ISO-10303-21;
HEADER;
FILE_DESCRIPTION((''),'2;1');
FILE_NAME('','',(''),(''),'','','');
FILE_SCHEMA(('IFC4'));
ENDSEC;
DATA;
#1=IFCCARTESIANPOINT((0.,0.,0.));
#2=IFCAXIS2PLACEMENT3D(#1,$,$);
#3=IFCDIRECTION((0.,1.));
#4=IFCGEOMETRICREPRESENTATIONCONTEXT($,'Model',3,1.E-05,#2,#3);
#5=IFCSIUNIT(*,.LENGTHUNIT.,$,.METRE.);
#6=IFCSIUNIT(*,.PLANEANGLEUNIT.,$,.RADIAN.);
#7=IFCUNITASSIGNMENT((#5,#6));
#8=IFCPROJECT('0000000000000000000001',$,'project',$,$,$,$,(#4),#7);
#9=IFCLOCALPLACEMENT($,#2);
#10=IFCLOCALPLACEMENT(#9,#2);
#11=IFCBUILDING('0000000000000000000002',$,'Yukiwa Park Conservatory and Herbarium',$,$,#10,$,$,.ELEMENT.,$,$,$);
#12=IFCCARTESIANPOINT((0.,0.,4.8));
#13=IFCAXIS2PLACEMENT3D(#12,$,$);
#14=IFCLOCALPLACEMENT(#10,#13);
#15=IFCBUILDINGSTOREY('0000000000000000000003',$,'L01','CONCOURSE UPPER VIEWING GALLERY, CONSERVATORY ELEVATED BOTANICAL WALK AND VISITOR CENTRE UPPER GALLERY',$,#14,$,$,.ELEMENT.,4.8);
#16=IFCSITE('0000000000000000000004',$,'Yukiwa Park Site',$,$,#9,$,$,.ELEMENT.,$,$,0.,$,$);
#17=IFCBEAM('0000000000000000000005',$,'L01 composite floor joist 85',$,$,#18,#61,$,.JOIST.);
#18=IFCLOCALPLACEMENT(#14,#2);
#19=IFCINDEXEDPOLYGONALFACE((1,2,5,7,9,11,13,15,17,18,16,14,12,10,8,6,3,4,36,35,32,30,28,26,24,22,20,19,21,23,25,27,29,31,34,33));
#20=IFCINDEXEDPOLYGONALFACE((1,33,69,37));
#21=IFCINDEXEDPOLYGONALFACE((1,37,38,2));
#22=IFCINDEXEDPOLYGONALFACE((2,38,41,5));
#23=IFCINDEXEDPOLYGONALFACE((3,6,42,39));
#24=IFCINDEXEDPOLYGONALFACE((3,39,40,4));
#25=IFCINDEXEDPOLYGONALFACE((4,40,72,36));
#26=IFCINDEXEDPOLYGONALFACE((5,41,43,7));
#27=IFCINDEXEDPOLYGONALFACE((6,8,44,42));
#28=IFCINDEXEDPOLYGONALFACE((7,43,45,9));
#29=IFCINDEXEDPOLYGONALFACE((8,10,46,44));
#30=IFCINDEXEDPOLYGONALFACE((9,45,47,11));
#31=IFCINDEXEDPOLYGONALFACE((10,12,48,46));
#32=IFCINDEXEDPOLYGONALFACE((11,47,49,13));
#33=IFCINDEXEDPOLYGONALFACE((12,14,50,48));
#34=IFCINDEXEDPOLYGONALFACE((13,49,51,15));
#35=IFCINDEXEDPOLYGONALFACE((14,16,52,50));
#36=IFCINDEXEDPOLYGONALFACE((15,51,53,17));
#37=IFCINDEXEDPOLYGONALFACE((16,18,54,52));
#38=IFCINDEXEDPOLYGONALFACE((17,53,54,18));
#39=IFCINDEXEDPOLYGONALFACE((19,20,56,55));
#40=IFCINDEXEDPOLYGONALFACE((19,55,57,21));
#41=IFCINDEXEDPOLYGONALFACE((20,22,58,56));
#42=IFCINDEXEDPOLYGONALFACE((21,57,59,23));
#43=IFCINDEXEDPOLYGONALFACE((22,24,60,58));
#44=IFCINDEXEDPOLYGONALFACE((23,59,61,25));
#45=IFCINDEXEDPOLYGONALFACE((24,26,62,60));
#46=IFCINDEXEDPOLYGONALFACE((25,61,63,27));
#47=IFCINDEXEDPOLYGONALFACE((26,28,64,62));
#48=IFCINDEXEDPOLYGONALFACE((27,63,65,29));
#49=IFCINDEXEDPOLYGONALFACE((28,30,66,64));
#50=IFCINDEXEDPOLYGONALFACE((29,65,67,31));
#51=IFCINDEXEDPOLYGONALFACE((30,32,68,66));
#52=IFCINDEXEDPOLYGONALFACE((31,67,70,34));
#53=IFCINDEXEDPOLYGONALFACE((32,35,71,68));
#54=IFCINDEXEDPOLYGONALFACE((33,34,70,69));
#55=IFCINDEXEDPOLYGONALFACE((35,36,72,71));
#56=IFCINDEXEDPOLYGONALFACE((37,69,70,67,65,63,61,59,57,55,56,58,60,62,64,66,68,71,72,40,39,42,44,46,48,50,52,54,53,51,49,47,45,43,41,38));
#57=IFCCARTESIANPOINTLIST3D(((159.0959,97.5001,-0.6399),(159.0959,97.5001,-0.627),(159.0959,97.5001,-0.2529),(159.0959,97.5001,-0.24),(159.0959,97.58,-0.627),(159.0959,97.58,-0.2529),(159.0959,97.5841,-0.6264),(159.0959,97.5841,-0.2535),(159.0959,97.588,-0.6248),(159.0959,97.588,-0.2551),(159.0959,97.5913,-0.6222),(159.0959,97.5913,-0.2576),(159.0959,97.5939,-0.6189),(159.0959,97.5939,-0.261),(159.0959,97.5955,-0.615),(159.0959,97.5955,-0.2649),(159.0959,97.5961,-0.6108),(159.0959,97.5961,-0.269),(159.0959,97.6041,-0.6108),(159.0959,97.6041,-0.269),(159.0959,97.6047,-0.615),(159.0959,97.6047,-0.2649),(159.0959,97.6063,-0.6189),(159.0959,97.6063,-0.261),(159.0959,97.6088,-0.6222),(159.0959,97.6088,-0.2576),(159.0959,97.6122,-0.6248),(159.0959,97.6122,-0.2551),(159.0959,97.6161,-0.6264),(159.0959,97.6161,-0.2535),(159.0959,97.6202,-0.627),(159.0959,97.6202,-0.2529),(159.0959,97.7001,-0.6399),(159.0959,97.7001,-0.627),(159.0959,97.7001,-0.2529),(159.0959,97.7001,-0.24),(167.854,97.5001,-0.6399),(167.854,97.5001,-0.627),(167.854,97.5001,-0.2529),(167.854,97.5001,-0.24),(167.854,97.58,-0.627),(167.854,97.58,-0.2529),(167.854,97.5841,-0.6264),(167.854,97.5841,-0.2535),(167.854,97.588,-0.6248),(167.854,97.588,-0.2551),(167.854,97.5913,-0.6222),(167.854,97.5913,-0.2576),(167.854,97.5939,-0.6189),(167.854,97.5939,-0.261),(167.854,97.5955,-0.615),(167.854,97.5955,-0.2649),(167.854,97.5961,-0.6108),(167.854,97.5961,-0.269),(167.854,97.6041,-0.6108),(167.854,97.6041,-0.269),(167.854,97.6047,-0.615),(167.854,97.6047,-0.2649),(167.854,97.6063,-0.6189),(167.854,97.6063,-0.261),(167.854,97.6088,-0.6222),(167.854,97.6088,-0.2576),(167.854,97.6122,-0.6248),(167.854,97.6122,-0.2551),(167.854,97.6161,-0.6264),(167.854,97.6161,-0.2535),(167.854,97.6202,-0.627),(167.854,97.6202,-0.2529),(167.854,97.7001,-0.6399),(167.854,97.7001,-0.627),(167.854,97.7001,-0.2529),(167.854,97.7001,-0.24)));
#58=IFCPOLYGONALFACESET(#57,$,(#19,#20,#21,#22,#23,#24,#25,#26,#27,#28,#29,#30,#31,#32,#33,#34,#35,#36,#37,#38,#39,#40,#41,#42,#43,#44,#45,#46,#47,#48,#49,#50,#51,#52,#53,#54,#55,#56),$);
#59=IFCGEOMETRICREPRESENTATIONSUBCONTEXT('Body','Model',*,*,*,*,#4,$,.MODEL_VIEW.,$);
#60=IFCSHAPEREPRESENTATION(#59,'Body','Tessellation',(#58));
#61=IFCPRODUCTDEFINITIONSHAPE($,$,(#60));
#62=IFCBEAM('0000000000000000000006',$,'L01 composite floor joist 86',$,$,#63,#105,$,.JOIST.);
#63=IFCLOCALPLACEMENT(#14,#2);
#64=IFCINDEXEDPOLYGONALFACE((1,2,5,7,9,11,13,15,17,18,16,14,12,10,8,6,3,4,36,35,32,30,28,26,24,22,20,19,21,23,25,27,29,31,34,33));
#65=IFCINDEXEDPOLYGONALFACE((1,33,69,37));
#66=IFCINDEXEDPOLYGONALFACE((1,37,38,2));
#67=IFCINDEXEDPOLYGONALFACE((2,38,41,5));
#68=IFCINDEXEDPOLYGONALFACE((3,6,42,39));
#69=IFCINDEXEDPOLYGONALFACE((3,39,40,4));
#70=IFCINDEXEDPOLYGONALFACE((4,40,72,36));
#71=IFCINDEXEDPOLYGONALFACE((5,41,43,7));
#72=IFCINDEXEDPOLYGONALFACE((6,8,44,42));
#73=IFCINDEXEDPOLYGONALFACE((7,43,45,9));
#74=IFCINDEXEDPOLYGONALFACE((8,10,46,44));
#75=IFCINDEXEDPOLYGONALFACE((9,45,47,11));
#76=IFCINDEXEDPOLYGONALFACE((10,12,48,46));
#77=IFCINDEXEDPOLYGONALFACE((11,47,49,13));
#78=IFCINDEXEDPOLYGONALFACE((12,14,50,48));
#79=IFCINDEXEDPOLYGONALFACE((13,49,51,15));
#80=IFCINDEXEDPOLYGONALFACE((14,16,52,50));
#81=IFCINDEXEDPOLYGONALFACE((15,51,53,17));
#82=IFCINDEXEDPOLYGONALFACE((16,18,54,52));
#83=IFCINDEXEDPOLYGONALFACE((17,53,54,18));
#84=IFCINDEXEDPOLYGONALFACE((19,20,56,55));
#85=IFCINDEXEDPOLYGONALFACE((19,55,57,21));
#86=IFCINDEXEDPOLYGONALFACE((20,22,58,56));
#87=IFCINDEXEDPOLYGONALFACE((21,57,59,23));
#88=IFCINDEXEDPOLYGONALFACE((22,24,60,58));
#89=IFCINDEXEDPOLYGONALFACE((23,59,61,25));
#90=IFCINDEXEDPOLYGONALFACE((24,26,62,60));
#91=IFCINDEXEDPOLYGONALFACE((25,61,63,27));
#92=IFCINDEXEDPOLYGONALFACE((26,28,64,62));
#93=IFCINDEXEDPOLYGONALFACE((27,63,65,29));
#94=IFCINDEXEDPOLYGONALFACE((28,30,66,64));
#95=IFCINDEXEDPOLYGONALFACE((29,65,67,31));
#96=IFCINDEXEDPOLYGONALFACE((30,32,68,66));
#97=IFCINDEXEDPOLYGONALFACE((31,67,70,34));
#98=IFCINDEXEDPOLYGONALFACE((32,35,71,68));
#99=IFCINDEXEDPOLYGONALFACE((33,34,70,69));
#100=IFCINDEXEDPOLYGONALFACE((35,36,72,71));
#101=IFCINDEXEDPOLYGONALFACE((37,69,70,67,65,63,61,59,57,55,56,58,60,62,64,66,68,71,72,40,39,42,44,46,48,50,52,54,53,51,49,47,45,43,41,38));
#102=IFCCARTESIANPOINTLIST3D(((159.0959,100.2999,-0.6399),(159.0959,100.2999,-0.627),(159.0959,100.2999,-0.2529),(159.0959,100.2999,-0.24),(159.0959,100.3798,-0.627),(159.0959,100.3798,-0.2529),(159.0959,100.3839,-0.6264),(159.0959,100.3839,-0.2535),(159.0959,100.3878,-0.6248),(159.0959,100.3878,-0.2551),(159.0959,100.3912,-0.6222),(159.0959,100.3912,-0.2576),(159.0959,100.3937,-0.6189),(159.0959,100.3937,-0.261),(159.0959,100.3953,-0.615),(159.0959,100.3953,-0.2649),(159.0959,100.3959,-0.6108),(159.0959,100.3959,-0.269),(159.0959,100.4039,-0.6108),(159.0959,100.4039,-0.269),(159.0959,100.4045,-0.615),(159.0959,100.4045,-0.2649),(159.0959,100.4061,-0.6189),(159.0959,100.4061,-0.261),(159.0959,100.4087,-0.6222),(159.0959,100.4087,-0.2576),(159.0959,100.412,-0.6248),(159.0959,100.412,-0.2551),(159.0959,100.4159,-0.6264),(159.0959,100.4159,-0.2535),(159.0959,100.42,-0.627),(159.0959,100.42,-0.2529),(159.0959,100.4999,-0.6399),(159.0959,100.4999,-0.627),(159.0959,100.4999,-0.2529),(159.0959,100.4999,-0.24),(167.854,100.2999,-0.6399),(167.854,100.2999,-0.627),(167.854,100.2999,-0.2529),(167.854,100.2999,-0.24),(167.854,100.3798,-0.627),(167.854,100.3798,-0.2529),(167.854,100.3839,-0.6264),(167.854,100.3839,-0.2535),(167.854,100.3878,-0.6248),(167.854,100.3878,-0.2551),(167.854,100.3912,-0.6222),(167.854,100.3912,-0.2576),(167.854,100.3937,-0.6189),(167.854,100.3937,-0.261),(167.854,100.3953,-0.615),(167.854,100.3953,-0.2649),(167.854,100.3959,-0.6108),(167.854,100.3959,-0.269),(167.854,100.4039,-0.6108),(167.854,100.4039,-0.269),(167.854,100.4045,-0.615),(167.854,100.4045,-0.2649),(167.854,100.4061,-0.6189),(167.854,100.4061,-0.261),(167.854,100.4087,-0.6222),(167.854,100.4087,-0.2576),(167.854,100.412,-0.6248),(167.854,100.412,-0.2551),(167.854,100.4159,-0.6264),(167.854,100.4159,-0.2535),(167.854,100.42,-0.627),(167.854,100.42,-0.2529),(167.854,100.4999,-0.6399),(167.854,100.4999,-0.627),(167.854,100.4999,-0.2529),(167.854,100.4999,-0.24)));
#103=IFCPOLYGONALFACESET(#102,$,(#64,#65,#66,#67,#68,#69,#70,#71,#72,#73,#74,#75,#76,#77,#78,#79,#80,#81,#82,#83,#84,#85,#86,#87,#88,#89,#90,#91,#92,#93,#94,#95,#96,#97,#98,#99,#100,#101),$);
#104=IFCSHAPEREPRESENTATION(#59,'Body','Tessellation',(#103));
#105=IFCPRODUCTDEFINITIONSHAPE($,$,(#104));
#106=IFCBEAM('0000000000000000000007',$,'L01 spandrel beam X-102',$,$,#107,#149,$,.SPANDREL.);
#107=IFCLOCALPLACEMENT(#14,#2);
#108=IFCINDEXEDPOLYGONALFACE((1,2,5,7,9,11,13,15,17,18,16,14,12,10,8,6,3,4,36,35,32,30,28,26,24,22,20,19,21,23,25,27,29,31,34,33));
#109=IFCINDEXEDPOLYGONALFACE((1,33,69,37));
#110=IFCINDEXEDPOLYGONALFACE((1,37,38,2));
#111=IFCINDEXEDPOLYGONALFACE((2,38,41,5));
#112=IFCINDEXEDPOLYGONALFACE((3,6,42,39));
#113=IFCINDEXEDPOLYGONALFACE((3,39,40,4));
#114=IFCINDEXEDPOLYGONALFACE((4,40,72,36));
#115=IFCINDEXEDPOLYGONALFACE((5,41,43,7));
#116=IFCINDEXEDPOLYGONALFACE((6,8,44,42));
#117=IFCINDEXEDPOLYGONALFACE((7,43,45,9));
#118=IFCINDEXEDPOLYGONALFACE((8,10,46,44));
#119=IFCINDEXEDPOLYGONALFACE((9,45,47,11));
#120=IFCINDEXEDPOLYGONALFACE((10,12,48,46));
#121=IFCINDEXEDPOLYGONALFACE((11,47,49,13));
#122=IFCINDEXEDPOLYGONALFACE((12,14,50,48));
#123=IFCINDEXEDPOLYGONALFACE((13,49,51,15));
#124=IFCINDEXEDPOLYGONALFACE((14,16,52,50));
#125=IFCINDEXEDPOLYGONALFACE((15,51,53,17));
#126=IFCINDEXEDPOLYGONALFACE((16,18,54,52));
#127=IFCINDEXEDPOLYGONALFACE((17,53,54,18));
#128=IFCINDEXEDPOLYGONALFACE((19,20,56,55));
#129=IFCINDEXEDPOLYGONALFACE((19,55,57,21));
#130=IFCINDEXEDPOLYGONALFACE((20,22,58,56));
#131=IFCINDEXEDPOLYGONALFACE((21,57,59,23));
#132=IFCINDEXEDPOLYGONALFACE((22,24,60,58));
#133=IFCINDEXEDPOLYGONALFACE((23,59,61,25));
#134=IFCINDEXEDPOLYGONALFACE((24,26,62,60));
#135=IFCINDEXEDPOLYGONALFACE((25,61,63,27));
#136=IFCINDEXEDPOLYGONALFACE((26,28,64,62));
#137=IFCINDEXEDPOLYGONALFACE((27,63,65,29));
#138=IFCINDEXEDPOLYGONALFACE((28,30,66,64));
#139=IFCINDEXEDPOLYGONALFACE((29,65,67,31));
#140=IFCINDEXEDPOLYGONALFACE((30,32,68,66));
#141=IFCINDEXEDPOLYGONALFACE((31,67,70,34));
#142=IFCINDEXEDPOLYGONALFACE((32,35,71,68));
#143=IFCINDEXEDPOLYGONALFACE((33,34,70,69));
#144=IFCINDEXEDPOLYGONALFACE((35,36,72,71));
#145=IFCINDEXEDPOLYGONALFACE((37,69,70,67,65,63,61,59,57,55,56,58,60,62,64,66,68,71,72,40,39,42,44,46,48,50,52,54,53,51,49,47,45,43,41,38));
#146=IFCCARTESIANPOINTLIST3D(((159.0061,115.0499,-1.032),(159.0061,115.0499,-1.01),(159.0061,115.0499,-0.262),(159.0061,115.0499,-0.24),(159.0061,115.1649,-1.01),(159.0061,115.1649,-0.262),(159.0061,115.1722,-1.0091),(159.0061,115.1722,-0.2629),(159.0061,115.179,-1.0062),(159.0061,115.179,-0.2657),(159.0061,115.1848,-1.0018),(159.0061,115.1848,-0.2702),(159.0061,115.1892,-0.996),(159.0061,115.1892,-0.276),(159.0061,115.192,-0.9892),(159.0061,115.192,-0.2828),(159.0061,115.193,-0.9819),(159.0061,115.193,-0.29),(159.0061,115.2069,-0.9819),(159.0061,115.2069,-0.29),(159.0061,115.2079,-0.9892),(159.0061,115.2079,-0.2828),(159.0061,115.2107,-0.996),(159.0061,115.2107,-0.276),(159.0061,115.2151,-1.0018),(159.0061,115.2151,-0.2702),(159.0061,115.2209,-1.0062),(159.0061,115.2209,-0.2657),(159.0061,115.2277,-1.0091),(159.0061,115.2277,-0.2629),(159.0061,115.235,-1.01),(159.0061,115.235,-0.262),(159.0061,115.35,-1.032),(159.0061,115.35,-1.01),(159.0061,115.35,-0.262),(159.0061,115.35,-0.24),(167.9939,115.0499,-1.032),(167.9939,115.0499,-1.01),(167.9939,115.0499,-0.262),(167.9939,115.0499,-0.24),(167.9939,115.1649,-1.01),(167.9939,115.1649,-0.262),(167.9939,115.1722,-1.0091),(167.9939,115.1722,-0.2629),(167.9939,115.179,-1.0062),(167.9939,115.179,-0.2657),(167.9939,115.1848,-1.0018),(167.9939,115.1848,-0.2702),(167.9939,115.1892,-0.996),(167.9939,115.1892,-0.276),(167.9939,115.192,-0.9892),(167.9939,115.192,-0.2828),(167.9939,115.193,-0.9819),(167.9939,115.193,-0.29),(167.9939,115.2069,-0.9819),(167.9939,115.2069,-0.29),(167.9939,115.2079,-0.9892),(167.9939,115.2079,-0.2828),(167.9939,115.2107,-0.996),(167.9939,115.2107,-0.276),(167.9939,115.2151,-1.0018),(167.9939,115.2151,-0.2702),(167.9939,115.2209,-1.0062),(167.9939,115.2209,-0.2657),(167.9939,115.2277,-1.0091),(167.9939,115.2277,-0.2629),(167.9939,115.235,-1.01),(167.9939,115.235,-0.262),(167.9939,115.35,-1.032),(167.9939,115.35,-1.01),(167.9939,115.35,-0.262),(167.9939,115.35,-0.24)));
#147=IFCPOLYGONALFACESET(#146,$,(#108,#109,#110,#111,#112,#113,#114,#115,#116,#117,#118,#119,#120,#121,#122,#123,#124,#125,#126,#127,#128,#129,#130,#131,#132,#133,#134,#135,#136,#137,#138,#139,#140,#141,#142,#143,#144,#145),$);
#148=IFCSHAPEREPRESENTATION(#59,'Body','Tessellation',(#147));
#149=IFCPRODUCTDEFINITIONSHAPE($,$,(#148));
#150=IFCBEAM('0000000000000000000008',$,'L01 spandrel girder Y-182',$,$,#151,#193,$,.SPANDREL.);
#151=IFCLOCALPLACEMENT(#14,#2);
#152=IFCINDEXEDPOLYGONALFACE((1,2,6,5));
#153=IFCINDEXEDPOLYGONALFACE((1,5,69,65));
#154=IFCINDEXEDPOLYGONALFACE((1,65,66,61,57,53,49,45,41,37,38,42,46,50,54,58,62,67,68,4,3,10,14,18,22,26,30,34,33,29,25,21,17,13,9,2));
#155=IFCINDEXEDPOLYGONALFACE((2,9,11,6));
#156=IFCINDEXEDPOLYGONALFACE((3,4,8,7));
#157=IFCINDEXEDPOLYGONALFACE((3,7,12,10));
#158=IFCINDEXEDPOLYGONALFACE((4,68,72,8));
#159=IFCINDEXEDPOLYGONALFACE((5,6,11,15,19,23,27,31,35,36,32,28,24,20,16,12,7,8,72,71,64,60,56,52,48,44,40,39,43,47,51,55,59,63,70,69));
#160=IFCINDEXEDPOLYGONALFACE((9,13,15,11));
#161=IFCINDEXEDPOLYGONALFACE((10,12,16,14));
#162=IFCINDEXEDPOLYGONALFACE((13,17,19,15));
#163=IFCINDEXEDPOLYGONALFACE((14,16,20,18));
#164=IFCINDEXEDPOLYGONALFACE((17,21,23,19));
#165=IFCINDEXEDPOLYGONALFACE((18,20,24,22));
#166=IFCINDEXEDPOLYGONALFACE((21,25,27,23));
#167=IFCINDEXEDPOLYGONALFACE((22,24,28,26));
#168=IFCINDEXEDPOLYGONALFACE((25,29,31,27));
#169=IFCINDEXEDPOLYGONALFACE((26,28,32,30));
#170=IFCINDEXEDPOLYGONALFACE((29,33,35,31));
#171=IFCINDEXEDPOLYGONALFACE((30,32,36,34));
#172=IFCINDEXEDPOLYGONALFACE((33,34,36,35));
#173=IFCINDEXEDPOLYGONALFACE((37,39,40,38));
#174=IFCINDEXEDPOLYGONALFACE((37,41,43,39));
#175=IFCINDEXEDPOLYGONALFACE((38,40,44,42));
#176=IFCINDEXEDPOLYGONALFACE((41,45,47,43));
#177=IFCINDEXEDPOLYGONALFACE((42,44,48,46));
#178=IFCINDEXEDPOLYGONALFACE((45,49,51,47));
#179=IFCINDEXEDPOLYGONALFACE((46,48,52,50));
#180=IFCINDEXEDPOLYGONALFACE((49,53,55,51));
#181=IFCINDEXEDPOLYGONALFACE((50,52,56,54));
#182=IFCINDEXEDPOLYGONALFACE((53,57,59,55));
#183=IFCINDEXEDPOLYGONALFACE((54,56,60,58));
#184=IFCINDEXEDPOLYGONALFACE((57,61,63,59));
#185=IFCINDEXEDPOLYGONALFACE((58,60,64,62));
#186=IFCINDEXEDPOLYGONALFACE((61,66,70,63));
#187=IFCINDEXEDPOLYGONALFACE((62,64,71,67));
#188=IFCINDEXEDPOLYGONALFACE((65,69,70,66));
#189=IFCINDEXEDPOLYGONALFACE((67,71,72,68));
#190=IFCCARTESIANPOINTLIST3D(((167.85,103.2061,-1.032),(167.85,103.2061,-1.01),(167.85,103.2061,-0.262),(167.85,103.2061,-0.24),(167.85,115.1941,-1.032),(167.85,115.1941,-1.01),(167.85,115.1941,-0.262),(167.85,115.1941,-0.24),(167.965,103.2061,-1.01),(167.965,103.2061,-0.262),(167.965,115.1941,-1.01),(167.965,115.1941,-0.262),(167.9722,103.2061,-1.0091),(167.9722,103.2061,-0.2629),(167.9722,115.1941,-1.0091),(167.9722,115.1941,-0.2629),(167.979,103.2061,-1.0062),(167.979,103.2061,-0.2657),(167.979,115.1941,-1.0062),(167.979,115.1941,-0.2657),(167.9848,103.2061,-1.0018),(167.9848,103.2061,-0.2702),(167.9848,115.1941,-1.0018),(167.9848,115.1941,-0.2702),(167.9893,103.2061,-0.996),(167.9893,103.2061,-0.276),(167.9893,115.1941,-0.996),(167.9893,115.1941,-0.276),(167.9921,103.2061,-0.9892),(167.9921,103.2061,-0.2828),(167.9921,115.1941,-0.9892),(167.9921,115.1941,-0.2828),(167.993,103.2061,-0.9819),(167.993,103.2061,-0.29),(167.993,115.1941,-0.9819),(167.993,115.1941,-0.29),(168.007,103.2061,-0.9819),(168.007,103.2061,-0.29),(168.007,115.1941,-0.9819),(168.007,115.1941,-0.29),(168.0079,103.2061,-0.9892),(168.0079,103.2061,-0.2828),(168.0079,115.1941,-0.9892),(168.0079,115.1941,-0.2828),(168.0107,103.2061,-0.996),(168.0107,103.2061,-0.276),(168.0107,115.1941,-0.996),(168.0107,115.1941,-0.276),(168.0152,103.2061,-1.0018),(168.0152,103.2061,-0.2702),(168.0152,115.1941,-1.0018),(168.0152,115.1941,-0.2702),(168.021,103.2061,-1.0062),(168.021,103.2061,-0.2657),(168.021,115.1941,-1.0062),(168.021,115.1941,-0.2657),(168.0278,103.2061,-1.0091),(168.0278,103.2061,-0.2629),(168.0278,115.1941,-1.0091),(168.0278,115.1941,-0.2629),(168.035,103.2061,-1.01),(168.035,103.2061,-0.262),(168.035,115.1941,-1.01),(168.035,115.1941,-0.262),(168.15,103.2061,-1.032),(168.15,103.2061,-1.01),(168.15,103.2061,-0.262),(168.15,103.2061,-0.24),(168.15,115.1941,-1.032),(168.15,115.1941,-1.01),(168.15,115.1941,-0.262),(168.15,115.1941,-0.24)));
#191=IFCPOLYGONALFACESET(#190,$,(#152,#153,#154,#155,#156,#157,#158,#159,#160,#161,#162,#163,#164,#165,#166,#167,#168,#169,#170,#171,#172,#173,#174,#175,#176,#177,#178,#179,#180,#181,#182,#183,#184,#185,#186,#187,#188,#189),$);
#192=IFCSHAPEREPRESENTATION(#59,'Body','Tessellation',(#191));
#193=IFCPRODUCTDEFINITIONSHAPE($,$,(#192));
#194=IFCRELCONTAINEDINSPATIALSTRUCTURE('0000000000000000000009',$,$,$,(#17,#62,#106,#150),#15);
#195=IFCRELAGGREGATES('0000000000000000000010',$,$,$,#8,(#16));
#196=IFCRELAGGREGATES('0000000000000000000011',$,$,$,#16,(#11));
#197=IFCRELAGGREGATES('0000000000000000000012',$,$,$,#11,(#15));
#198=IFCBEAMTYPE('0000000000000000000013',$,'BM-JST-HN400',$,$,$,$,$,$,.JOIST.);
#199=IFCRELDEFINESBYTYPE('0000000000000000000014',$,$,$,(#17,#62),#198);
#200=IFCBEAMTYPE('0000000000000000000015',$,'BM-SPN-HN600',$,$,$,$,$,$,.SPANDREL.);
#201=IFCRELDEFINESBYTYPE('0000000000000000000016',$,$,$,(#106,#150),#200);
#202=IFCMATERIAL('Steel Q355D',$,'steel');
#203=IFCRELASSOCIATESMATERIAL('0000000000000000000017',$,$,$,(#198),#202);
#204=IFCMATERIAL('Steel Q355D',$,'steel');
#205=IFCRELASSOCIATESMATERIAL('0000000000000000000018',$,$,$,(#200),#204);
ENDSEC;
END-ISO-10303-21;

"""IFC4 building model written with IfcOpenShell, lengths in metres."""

from ifc_helpers import new_model, si_unit, direction, frame, origin, origin_2d, place, context, subcontext, project, spatial, i_section, extrude, material, material_profile, profile_set, type_object, element, save


model = new_model("IFC4")

# Units and contexts
model_context = context("Model", 3, precision=1e-05, world=origin(), true_north=direction((0.0, 1.0)))
body_context = subcontext(model_context, "Body", "Model", "MODEL_VIEW")
ifc_project = project(units=[si_unit("LENGTHUNIT", "METRE"), si_unit("PLANEANGLEUNIT", "RADIAN")], contexts=[model_context])

# Site, building, storey
site_placement = place(None, origin())
site = spatial("IfcSite", under=ifc_project, at=site_placement, Name="Yukiwa Park Site", CompositionType="ELEMENT", RefElevation=0.0)
building_placement = place(site_placement, origin())
building = spatial("IfcBuilding", under=site, at=building_placement, Name="Yukiwa Park Conservatory and Herbarium", CompositionType="ELEMENT")
storey_placement = place(building_placement, frame((0.0, 0.0, 4.8)))
storey = spatial("IfcBuildingStorey", under=building, at=storey_placement, Name="L01", Description="CONCOURSE UPPER VIEWING GALLERY, CONSERVATORY ELEVATED BOTANICAL WALK AND VISITOR CENTRE UPPER GALLERY", CompositionType="ELEMENT", Elevation=4.8)

# Beams
ifc_material_1 = material(Name="Steel Q355D", Category="steel")
ifc_material_profile_1 = material_profile(ifc_material_1, i_section(OverallWidth=0.2, OverallDepth=0.3999, WebThickness=0.0081, FlangeThickness=0.0129, FilletRadius=0.0161, at=origin_2d()), Name="HN 400x200x8x13")
ifc_profile_set_1 = profile_set([ifc_material_profile_1], Name="Steel Q355D")
beam_type_1 = type_object("IfcBeamType", Name="BM-JST-HN400", PredefinedType="JOIST", material=ifc_profile_set_1)
for number, where, z_axis, x_axis, name in (
    (1, (159.0959, 97.6001, -0.4399), (1.0, 0.0, 0.0), (0.0, 1.0, 0.0), "L01 composite floor joist 85"),
    (2, (159.0959, 100.3999, -0.4399), (1.0, 0.0, 0.0), (0.0, 1.0, 0.0), "L01 composite floor joist 86"),
):
    element("IfcBeam", number, at=place(storey_placement, frame(where, z_axis=z_axis, x_axis=x_axis)), inside=storey, type_object=beam_type_1, Name=name, PredefinedType="JOIST", context=body_context, shape_type="SweptSolid", body=[
        extrude(i_section(OverallWidth=0.2, OverallDepth=0.3999, WebThickness=0.0081, FlangeThickness=0.0129, FilletRadius=0.0161, at=origin_2d()), origin(), (0.0, 0.0, 1.0), 8.7581),
    ])
ifc_material_2 = material(Name="Steel Q355D", Category="steel")
ifc_material_profile_2 = material_profile(ifc_material_2, i_section(OverallWidth=0.3, OverallDepth=0.792, WebThickness=0.0139, FlangeThickness=0.022, FilletRadius=0.0281, at=origin_2d()), Name="HN 792x300x14x22")
ifc_profile_set_2 = profile_set([ifc_material_profile_2], Name="Steel Q355D")
beam_type_2 = type_object("IfcBeamType", Name="BM-SPN-HN600", PredefinedType="SPANDREL", material=ifc_profile_set_2)
beam_1_placement = place(storey_placement, frame((159.0061, 115.2, -0.636), z_axis=(1.0, 0.0, 0.0), x_axis=(0.0, 1.0, 0.0)))
element("IfcBeam", 3, at=beam_1_placement, inside=storey, type_object=beam_type_2, Name="L01 spandrel beam X-102", PredefinedType="SPANDREL", context=body_context, shape_type="SweptSolid", body=[
    extrude(i_section(OverallWidth=0.3, OverallDepth=0.792, WebThickness=0.0139, FlangeThickness=0.022, FilletRadius=0.0281, at=origin_2d()), origin(), (0.0, 0.0, 1.0), 8.9878),
])
beam_2_placement = place(storey_placement, frame((168.0, 103.2061, -0.636), z_axis=(0.0, 1.0, 0.0), x_axis=(-1.0, 0.0, 0.0)))
element("IfcBeam", 4, at=beam_2_placement, inside=storey, type_object=beam_type_2, Name="L01 spandrel girder Y-182", PredefinedType="SPANDREL", context=body_context, shape_type="SweptSolid", body=[
    extrude(i_section(OverallWidth=0.3, OverallDepth=0.792, WebThickness=0.0139, FlangeThickness=0.022, FilletRadius=0.0281, at=origin_2d()), origin(), (0.0, 0.0, 1.0), 11.988),
])

save(model, "model.ifc")
